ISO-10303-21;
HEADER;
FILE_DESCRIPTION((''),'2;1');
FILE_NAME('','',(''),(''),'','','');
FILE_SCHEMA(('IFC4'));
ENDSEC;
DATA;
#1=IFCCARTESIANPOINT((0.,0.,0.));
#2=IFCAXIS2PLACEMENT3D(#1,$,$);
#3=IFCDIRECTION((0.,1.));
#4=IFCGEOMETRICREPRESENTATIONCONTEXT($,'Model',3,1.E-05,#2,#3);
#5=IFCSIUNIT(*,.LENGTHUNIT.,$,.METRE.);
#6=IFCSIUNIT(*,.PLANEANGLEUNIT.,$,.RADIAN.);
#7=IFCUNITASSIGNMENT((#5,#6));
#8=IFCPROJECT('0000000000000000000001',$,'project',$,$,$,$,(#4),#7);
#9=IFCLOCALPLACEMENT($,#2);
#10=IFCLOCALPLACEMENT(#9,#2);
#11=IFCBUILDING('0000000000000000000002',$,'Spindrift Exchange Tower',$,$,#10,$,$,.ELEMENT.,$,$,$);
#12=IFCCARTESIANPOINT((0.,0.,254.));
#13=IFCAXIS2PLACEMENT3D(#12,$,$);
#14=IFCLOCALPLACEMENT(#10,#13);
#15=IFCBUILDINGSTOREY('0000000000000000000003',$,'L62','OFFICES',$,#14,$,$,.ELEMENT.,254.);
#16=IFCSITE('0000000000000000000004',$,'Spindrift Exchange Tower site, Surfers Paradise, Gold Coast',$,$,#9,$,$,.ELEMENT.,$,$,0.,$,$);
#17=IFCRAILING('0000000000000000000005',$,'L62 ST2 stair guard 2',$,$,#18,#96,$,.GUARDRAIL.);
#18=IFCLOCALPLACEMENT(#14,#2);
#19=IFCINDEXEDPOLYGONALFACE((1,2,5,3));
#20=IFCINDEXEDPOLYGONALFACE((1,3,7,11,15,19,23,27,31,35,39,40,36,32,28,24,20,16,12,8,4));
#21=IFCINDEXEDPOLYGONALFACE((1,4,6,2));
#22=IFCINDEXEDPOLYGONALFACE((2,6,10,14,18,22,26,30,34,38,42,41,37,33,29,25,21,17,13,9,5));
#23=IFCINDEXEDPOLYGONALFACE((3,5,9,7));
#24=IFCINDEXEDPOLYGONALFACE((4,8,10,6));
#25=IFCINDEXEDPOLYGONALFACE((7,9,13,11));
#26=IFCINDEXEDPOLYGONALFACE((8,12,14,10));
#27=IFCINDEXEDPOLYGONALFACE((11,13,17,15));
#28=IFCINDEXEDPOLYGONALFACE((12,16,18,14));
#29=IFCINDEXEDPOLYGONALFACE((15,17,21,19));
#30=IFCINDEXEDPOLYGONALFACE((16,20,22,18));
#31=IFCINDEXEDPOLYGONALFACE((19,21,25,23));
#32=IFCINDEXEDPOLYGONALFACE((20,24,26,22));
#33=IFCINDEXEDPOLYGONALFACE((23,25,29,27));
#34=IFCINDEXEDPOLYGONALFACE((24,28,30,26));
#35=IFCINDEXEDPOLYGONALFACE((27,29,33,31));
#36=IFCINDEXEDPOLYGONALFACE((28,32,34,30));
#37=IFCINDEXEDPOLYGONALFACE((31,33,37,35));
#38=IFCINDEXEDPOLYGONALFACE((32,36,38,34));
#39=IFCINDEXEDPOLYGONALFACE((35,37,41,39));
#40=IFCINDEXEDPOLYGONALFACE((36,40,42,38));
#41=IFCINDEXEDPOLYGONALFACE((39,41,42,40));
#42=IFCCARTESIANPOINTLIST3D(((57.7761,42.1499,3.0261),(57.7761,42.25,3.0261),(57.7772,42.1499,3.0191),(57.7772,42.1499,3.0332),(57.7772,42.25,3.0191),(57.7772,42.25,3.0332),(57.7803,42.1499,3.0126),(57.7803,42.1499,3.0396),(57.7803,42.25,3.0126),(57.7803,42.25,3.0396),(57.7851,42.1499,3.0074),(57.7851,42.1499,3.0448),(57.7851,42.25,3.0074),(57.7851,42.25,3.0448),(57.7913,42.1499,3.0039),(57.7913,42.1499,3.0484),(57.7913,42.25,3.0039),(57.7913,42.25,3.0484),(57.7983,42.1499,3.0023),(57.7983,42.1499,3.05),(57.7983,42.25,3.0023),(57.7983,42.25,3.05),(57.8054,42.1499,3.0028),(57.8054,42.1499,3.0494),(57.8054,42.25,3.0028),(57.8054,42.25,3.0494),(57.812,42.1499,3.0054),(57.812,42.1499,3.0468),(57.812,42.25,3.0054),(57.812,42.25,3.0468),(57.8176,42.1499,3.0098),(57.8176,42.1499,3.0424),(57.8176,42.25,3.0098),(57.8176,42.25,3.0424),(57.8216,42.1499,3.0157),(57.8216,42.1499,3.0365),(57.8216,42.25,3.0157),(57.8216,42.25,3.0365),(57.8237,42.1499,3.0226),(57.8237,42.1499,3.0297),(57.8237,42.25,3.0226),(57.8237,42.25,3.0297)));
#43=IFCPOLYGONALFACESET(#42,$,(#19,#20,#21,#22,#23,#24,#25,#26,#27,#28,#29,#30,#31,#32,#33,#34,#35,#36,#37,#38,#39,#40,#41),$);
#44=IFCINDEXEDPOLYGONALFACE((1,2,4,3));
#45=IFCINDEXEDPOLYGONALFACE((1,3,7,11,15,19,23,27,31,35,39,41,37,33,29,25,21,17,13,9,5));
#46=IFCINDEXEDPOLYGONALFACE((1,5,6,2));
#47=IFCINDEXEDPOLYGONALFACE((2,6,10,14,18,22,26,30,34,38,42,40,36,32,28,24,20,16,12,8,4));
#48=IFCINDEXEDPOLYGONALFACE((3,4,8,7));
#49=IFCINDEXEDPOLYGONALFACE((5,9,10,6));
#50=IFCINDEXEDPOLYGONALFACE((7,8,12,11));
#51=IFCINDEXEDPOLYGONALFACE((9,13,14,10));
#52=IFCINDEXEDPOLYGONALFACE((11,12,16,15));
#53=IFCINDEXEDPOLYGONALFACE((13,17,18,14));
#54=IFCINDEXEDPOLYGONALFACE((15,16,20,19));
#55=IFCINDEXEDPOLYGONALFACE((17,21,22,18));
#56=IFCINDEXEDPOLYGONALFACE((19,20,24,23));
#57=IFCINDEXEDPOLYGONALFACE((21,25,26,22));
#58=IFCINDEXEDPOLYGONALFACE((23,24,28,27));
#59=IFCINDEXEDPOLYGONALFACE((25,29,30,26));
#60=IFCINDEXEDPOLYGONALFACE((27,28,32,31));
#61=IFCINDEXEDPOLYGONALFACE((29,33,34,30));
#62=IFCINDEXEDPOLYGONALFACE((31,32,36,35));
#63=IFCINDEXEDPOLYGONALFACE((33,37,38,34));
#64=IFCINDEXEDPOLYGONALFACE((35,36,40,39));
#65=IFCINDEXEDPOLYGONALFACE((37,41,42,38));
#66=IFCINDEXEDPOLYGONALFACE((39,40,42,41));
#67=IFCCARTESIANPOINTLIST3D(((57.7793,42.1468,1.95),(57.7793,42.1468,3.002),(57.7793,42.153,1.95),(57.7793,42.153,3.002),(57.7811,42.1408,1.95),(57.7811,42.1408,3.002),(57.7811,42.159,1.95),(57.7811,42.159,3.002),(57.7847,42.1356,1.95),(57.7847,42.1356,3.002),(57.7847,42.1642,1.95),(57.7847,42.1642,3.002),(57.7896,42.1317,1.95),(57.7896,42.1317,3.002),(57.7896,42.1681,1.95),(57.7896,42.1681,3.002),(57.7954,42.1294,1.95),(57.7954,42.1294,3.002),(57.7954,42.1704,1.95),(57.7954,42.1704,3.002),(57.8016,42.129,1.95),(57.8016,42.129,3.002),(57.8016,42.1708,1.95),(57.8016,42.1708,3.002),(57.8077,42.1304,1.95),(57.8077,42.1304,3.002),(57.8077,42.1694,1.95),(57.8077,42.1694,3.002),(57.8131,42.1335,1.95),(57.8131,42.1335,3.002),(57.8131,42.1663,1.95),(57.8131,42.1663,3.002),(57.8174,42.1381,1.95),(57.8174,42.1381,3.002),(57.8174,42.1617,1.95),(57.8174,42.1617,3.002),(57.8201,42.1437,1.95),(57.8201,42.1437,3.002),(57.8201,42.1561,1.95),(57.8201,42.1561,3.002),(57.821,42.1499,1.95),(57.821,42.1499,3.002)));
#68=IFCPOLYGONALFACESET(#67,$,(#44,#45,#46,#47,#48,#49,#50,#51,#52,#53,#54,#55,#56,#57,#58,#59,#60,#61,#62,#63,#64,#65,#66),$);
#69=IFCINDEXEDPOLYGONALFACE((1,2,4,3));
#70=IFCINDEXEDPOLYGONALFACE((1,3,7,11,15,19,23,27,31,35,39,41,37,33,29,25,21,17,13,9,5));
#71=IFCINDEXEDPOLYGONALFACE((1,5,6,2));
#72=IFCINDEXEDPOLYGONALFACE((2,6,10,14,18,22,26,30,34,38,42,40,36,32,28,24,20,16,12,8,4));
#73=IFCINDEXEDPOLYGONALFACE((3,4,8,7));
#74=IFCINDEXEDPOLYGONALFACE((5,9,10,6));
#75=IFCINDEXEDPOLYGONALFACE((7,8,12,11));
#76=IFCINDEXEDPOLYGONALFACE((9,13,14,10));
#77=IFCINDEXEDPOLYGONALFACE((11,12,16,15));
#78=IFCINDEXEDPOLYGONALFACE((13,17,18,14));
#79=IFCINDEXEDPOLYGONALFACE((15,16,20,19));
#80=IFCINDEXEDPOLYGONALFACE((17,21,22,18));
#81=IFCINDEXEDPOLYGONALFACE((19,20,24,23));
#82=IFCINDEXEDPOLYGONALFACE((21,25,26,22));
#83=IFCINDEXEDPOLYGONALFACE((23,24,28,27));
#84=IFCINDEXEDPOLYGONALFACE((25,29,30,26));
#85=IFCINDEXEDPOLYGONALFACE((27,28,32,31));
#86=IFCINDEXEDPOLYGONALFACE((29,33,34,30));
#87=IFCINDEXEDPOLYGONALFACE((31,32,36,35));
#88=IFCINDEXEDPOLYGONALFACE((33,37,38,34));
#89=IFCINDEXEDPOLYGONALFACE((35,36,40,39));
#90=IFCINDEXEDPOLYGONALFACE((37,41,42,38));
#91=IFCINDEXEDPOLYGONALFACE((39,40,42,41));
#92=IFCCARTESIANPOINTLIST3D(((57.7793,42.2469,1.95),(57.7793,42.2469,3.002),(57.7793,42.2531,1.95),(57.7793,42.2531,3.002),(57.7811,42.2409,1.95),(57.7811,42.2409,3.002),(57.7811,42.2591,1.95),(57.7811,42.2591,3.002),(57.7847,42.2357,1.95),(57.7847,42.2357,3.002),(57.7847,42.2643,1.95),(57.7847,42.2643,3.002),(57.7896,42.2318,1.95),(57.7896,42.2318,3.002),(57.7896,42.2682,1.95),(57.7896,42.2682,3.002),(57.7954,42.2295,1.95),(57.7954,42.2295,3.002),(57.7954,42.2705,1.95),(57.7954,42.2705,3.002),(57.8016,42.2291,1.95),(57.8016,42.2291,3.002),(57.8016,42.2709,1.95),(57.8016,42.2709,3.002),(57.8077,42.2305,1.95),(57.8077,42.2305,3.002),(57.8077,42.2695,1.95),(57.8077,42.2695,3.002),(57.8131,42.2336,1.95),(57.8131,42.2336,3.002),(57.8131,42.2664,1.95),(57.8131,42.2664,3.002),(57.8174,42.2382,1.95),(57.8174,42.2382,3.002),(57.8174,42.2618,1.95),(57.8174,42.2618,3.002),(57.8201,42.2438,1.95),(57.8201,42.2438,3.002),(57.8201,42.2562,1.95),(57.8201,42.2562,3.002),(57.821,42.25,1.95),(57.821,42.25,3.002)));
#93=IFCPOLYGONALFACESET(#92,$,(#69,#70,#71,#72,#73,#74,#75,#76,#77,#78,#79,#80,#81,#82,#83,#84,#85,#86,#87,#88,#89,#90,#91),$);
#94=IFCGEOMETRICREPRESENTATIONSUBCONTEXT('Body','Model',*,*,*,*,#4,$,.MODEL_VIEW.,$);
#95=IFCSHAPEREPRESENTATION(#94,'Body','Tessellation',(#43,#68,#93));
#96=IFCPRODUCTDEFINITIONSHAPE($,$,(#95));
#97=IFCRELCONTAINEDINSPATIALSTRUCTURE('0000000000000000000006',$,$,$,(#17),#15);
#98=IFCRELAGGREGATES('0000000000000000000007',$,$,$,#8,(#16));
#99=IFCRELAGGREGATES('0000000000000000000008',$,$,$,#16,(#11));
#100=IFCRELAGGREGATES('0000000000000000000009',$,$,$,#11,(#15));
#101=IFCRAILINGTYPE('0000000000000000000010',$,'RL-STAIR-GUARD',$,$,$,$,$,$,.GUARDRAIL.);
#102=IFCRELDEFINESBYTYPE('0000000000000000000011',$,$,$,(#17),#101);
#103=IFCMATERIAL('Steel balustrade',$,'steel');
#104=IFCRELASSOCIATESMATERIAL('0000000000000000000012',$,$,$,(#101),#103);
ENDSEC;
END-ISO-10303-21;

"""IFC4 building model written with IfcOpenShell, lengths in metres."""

from ifc_helpers import new_model, si_unit, direction, frame, origin, origin_2d, place, context, subcontext, project, spatial, circle, extrude, material, type_object, element, save


model = new_model("IFC4")

# Units and contexts
model_context = context("Model", 3, precision=1e-05, world=origin(), true_north=direction((0.0, 1.0)))
body_context = subcontext(model_context, "Body", "Model", "MODEL_VIEW")
ifc_project = project(units=[si_unit("LENGTHUNIT", "METRE"), si_unit("PLANEANGLEUNIT", "RADIAN")], contexts=[model_context])

# Site, building, storey
site_placement = place(None, origin())
site = spatial("IfcSite", under=ifc_project, at=site_placement, Name="Spindrift Exchange Tower site, Surfers Paradise, Gold Coast", CompositionType="ELEMENT", RefElevation=0.0)
building_placement = place(site_placement, origin())
building = spatial("IfcBuilding", under=site, at=building_placement, Name="Spindrift Exchange Tower", CompositionType="ELEMENT")
storey_placement = place(building_placement, frame((0.0, 0.0, 254.0)))
storey = spatial("IfcBuildingStorey", under=building, at=storey_placement, Name="L62", Description="OFFICES", CompositionType="ELEMENT", Elevation=254.0)

# Railing
ifc_material_1 = material(Name="Steel balustrade", Category="steel")
railing_type_1 = type_object("IfcRailingType", Name="RL-STAIR-GUARD", PredefinedType="GUARDRAIL", material=ifc_material_1)
railing_1_placement = place(storey_placement, frame((57.8, 42.1499, 1.95)))
element("IfcRailing", 1, at=railing_1_placement, inside=storey, type_object=railing_type_1, Name="L62 ST2 stair guard 2", PredefinedType="GUARDRAIL", context=body_context, shape_type="SweptSolid", body=[
    extrude(circle(Radius=0.0239, at=origin_2d()), frame((0.0, 0.0, 1.0762), z_axis=(0.0, 1.0, 0.0), x_axis=(-1.0, 0.0, 0.0)), (0.0, 0.0, 1.0), 0.1001),
    extrude(circle(Radius=0.021, at=origin_2d()), origin(), (0.0, 0.0, 1.0), 1.052),
    extrude(circle(Radius=0.021, at=origin_2d()), frame((0.0, 0.1001, 0.0)), (0.0, 0.0, 1.0), 1.052),
])

save(model, "model.ifc")
